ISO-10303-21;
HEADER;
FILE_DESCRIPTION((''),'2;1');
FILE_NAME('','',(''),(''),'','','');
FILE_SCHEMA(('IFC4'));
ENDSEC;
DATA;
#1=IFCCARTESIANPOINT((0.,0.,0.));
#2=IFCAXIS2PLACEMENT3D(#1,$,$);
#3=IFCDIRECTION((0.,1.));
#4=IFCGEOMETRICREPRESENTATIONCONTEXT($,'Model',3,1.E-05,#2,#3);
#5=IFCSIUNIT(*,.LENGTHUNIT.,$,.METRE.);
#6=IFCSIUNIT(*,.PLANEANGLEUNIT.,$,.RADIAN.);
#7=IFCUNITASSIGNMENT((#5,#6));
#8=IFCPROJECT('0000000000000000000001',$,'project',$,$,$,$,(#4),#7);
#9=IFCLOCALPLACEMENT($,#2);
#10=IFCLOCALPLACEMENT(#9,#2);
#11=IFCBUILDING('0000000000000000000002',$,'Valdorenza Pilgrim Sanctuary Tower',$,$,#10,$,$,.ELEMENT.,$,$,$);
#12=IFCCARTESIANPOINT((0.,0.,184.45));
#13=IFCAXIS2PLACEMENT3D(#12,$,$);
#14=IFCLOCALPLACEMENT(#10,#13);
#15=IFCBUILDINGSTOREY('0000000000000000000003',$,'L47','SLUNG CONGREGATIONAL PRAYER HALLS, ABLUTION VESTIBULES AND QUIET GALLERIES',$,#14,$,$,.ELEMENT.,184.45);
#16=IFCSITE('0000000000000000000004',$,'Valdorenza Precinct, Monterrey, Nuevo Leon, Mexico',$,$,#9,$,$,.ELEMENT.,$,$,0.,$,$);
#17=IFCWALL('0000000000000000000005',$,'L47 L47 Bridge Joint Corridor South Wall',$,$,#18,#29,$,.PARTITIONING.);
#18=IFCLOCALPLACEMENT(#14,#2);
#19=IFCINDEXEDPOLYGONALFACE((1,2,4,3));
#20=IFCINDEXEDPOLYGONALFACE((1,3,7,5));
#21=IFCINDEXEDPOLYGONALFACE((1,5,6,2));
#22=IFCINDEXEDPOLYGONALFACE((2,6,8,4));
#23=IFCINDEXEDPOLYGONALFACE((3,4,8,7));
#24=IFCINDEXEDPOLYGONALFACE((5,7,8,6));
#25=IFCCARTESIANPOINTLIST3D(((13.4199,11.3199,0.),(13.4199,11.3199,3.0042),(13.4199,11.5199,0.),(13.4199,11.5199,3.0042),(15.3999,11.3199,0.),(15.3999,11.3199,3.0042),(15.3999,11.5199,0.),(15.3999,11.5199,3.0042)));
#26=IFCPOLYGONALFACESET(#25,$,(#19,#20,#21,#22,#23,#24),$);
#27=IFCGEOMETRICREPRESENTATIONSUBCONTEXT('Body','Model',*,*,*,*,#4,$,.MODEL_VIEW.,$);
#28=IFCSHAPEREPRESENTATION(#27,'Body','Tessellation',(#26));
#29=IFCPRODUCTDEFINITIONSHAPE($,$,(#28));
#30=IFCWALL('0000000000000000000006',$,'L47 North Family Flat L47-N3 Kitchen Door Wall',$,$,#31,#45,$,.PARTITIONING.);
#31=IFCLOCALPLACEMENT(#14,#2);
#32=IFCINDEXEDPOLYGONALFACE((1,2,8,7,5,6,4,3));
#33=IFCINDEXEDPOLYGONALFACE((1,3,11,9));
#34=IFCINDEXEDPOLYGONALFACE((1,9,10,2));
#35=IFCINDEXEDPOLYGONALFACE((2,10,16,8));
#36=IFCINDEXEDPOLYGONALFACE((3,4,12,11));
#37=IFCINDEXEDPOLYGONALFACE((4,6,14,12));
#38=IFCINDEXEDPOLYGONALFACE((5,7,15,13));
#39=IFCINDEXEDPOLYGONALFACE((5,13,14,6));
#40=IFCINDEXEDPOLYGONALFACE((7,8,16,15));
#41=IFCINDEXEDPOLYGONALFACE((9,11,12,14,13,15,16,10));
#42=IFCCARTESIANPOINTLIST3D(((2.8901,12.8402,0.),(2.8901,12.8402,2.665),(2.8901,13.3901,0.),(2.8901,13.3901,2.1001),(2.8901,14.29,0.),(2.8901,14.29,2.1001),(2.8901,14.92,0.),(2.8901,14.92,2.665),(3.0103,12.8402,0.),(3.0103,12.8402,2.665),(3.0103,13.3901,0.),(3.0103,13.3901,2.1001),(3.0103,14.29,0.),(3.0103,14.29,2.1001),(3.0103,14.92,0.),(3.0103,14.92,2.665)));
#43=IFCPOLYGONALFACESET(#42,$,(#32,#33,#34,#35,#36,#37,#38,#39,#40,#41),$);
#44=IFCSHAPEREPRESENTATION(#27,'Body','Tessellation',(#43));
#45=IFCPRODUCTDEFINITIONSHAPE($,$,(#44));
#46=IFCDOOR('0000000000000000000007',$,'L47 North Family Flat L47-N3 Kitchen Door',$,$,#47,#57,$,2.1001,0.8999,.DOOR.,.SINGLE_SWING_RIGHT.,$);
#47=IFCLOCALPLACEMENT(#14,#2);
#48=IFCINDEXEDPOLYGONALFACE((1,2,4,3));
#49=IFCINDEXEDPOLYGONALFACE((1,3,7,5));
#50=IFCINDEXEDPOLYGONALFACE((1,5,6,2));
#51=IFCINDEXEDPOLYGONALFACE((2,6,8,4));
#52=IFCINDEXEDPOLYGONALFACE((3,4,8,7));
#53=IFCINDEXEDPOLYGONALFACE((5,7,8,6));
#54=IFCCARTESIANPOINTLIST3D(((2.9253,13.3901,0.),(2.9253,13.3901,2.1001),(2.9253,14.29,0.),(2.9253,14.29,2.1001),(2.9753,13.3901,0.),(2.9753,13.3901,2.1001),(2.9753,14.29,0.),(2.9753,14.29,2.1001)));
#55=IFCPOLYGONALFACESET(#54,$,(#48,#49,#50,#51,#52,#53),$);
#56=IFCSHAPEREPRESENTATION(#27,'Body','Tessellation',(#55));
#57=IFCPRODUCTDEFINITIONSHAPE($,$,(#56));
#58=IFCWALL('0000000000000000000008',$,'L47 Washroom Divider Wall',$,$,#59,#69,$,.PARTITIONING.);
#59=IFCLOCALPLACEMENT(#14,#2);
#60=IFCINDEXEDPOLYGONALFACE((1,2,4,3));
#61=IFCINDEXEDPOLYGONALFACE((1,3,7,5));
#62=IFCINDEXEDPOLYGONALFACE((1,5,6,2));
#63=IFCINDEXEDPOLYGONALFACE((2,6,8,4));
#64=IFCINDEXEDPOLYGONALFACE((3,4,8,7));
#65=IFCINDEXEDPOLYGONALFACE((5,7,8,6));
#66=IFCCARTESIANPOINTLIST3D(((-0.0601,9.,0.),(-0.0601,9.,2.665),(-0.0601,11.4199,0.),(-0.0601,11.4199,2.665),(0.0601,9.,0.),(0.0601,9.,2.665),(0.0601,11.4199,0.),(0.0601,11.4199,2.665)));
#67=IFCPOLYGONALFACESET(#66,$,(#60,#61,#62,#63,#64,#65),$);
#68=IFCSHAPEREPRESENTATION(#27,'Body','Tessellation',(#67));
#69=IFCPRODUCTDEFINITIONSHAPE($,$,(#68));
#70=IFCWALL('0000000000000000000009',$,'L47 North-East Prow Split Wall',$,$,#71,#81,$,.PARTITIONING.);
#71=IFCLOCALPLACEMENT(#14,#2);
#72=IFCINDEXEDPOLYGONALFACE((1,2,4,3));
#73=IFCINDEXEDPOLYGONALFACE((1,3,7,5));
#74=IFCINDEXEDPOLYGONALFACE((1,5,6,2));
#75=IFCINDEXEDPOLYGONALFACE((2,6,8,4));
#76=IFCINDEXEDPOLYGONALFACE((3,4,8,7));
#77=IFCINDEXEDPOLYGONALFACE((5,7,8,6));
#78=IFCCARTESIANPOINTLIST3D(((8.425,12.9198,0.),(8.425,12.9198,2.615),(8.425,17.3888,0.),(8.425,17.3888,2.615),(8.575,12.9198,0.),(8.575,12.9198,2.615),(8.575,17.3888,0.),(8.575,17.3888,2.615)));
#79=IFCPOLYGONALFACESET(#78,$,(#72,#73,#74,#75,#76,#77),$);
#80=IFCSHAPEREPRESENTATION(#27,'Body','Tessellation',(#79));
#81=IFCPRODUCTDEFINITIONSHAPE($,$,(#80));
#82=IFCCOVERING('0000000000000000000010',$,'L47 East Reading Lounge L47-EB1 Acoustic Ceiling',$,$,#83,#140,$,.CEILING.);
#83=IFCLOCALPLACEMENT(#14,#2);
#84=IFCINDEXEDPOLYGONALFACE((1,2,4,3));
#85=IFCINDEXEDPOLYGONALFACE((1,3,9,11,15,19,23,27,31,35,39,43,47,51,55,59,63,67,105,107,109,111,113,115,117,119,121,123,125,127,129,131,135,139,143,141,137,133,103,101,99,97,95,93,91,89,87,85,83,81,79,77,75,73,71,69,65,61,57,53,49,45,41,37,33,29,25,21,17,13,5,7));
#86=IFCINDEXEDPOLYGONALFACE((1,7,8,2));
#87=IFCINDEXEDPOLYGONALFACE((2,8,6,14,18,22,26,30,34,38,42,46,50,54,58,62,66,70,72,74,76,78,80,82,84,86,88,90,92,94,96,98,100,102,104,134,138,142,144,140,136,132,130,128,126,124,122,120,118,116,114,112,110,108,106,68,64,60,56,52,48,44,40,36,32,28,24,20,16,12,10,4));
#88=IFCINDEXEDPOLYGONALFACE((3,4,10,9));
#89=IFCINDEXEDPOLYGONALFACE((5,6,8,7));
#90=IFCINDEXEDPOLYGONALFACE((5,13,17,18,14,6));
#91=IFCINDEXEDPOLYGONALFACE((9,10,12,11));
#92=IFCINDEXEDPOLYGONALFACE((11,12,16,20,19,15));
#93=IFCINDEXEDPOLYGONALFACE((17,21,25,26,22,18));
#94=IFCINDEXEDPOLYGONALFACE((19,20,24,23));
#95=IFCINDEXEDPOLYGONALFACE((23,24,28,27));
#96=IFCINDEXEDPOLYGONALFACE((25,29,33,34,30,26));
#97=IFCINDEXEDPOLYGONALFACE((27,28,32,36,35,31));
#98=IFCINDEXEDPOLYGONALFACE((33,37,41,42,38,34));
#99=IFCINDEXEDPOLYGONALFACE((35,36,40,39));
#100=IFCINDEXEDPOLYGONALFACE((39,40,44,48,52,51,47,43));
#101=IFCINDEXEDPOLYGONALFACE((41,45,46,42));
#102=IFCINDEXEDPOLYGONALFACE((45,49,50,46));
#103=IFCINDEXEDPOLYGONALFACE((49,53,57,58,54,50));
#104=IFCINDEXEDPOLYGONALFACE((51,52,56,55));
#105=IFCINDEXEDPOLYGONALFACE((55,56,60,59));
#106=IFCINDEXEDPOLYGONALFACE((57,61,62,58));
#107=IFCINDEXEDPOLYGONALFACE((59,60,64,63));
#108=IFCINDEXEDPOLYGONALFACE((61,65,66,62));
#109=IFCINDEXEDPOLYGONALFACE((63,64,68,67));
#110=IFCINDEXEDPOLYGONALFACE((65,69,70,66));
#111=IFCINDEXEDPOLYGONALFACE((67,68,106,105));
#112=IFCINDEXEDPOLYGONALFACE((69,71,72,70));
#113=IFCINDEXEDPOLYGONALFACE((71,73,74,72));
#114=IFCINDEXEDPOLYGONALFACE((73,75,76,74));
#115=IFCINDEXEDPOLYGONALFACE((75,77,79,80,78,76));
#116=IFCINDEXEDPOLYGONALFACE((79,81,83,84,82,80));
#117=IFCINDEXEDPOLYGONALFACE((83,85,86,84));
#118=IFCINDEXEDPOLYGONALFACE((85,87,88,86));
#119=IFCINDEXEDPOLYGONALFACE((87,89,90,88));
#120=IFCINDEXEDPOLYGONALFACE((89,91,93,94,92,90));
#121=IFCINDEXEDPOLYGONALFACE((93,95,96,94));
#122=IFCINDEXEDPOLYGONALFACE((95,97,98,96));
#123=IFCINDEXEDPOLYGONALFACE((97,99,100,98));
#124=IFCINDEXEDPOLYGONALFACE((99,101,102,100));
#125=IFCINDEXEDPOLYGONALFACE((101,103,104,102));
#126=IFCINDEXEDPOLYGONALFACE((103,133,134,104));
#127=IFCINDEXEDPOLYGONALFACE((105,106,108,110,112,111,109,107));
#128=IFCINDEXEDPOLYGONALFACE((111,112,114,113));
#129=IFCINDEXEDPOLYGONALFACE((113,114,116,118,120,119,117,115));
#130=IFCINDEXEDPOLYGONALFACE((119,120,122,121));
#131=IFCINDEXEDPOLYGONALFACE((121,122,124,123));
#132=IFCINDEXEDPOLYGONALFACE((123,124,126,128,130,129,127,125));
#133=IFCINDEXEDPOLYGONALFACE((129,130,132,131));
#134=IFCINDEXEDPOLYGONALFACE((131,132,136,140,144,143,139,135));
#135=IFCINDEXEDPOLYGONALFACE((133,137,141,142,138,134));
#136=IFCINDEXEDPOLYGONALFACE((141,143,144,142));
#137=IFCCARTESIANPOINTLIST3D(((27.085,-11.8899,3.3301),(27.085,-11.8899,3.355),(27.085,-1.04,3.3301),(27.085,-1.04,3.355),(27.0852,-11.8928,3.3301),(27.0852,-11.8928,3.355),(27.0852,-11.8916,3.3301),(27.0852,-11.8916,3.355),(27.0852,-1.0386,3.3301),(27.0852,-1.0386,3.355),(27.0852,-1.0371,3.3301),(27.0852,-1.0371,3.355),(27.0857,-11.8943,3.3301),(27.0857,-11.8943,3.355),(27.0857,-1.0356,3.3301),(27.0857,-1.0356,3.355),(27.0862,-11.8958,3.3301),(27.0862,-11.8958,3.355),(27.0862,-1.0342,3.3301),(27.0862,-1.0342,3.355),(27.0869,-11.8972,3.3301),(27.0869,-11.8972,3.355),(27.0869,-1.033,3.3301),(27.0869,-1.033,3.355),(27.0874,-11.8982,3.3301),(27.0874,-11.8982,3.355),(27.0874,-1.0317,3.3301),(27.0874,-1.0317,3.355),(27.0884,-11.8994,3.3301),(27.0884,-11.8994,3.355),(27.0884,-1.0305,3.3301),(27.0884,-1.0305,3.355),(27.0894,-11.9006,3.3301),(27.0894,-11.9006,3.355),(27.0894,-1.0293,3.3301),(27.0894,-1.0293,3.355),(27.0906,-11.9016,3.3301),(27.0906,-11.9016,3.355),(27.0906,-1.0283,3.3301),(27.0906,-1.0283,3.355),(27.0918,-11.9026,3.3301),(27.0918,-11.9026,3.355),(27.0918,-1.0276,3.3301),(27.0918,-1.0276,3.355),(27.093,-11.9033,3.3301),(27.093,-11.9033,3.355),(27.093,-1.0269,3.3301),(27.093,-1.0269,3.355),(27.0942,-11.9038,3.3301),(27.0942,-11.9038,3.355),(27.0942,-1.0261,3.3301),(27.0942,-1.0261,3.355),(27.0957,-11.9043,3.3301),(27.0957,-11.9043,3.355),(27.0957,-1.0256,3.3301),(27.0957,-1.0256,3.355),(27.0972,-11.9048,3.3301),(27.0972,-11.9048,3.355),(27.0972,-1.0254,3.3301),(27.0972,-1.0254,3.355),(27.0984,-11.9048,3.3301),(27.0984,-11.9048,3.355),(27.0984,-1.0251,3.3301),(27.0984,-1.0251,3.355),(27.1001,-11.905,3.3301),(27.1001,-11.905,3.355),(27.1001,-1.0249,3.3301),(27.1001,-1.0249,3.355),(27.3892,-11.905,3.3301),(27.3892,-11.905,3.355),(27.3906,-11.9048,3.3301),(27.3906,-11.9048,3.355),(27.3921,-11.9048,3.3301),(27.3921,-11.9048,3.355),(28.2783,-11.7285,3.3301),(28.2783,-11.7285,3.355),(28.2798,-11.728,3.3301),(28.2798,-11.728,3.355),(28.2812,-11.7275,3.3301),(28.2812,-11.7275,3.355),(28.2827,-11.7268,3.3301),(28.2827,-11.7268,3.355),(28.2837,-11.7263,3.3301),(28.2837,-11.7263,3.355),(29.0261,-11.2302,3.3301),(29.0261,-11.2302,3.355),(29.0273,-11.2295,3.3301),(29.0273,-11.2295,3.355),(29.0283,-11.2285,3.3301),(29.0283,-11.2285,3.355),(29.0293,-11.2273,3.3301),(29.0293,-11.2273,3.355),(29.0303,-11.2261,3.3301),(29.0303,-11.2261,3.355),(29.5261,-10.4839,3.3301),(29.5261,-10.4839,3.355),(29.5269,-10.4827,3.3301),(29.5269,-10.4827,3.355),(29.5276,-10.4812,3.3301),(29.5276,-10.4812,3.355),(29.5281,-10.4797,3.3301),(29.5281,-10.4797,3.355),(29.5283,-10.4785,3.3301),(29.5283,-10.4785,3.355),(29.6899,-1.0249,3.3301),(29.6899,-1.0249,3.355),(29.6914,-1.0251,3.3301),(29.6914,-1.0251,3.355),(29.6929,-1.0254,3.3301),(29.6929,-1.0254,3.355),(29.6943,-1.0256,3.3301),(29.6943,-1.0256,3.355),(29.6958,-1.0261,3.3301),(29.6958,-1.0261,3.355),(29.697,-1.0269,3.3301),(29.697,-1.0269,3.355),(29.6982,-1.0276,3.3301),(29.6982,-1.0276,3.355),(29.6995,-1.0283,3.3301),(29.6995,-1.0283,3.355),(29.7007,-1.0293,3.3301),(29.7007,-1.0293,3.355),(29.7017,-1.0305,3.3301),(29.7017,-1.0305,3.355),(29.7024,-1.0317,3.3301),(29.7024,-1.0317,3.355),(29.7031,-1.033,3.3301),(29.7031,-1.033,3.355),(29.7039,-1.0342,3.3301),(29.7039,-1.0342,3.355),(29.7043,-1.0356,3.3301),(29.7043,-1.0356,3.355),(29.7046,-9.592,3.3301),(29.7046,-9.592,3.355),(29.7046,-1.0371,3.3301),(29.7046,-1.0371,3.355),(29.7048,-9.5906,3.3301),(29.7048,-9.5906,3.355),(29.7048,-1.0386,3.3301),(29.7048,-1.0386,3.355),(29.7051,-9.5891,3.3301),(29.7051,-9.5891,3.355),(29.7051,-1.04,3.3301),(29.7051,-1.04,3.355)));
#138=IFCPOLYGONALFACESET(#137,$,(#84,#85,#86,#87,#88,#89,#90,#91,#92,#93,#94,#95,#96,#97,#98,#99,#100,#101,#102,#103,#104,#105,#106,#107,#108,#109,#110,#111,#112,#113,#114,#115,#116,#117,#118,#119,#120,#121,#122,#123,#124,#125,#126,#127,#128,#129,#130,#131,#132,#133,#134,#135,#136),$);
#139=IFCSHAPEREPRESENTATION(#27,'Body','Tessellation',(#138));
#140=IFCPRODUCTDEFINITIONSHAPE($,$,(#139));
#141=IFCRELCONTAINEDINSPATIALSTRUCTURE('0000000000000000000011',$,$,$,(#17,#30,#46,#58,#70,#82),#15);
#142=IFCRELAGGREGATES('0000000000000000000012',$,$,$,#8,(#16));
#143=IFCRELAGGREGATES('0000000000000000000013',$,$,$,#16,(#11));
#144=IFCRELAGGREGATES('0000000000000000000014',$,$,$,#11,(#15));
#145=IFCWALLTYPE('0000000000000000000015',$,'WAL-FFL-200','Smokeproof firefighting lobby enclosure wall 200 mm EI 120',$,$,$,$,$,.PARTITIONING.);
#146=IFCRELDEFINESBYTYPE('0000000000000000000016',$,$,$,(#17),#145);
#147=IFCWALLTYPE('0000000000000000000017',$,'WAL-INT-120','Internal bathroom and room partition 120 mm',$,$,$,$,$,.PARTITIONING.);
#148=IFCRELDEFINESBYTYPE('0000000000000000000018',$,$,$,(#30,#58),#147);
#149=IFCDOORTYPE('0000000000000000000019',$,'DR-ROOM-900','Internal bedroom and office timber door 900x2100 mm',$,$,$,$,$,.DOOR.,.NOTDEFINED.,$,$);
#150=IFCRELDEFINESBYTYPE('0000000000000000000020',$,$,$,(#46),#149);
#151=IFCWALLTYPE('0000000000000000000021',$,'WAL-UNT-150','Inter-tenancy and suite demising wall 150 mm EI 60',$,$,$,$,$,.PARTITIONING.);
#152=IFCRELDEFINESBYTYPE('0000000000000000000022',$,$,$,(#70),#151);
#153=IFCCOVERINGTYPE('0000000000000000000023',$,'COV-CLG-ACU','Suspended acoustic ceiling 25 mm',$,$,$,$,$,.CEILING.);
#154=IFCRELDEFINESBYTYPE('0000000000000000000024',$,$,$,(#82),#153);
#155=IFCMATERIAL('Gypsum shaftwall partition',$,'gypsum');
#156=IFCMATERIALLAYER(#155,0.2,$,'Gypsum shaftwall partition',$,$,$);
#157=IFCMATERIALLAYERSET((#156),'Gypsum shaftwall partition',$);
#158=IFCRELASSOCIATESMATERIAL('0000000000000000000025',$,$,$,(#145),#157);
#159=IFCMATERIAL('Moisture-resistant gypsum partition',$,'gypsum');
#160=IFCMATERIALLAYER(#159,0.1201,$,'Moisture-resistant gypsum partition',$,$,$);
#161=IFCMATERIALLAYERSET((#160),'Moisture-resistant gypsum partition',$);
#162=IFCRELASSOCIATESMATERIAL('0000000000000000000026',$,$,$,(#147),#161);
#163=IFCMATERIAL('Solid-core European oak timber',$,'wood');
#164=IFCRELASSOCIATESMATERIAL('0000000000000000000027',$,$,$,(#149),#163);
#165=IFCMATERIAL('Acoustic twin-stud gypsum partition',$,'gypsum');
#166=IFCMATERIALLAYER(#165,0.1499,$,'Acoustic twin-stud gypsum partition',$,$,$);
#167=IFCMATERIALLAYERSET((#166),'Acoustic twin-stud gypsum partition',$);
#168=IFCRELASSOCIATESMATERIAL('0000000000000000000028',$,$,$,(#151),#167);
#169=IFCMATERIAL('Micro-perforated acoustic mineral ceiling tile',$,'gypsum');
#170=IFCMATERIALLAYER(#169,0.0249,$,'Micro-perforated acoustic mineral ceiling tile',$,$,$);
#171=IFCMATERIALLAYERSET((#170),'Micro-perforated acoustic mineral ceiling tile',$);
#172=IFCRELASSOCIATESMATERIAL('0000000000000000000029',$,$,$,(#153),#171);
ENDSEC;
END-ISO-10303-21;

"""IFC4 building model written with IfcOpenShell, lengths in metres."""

from ifc_helpers import new_model, si_unit, direction, frame, frame_2d, origin, place, context, subcontext, project, spatial, polyline, rectangle, outline, extrude, material, layer, layer_set, type_object, element, fill, save


model = new_model("IFC4")

# Units and contexts
model_context = context("Model", 3, precision=1e-05, world=origin(), true_north=direction((0.0, 1.0)))
body_context = subcontext(model_context, "Body", "Model", "MODEL_VIEW")
ifc_project = project(units=[si_unit("LENGTHUNIT", "METRE"), si_unit("PLANEANGLEUNIT", "RADIAN")], contexts=[model_context])

# Site, building, storey
site_placement = place(None, origin())
site = spatial("IfcSite", under=ifc_project, at=site_placement, Name="Valdorenza Precinct, Monterrey, Nuevo Leon, Mexico", CompositionType="ELEMENT", RefElevation=0.0)
building_placement = place(site_placement, origin())
building = spatial("IfcBuilding", under=site, at=building_placement, Name="Valdorenza Pilgrim Sanctuary Tower", CompositionType="ELEMENT")
storey_placement = place(building_placement, frame((0.0, 0.0, 184.45)))
storey = spatial("IfcBuildingStorey", under=building, at=storey_placement, Name="L47", Description="SLUNG CONGREGATIONAL PRAYER HALLS, ABLUTION VESTIBULES AND QUIET GALLERIES", CompositionType="ELEMENT", Elevation=184.45)

# Shared definitions
ifc_material_1 = material(Name="Acoustic twin-stud gypsum partition", Category="gypsum")

# Wall
ifc_material_2 = material(Name="Gypsum shaftwall partition", Category="gypsum")
ifc_layer_1 = layer(ifc_material_2, 0.2, Name="Gypsum shaftwall partition")
ifc_layer_set_1 = layer_set([ifc_layer_1], Name="Gypsum shaftwall partition")
wall_type_1 = type_object("IfcWallType", Name="WAL-FFL-200", Description="Smokeproof firefighting lobby enclosure wall 200 mm EI 120", PredefinedType="PARTITIONING", material=ifc_layer_set_1)
wall_1_placement = place(storey_placement, frame((13.4199, 11.4199, 0.0), z_axis=(0.0, 0.0, 1.0), x_axis=(1.0, 0.0, 0.0)))
element("IfcWall", 1, at=wall_1_placement, inside=storey, type_object=wall_type_1, Name="L47 L47 Bridge Joint Corridor South Wall", PredefinedType="PARTITIONING", context=body_context, shape_type="SweptSolid", body=[
    extrude(rectangle(XDim=1.98, YDim=0.2, at=frame_2d((0.99, 0.0))), origin(), (0.0, 0.0, 1.0), 3.0042),
])

# Wall, opening, door
ifc_material_3 = material(Name="Moisture-resistant gypsum partition", Category="gypsum")
ifc_layer_2 = layer(ifc_material_3, 0.1201, Name="Moisture-resistant gypsum partition")
ifc_layer_set_2 = layer_set([ifc_layer_2], Name="Moisture-resistant gypsum partition")
wall_type_2 = type_object("IfcWallType", Name="WAL-INT-120", Description="Internal bathroom and room partition 120 mm", PredefinedType="PARTITIONING", material=ifc_layer_set_2)
wall_2_placement = place(storey_placement, frame((2.9502, 12.8401, 0.0), z_axis=(0.0, 0.0, 1.0), x_axis=(0.0, 1.0, 0.0)))
wall_2 = element("IfcWall", 2, at=wall_2_placement, inside=storey, type_object=wall_type_2, Name="L47 North Family Flat L47-N3 Kitchen Door Wall", PredefinedType="PARTITIONING", context=body_context, shape_type="SweptSolid", body=[
    extrude(rectangle(XDim=2.0798, YDim=0.1201, at=frame_2d((1.04, 0.0))), origin(), (0.0, 0.0, 1.0), 2.665),
])
opening_1_placement = place(wall_2_placement, frame((0.55, 0.0, 0.0)))
opening_1 = element("IfcOpeningElement", 3, at=opening_1_placement, cuts=wall_2, PredefinedType="OPENING", context=body_context, shape_type="SweptSolid", body=[
    extrude(rectangle(XDim=0.8999, YDim=2.1001, at=frame_2d((0.45, 1.05))), frame((0.0, 0.075, 0.0), z_axis=(0.0, -1.0, 0.0), x_axis=(1.0, 0.0, 0.0)), (0.0, 0.0, 1.0), 0.1499),
])
ifc_material_4 = material(Name="Solid-core European oak timber", Category="wood")
door_type_1 = type_object("IfcDoorType", Name="DR-ROOM-900", Description="Internal bedroom and office timber door 900x2100 mm", OperationType="NOTDEFINED", PredefinedType="DOOR", material=ifc_material_4)
door_1_placement = place(opening_1_placement, origin())
door_1 = element("IfcDoor", 4, at=door_1_placement, inside=storey, type_object=door_type_1, Name="L47 North Family Flat L47-N3 Kitchen Door", OperationType="SINGLE_SWING_RIGHT", OverallHeight=2.1001, OverallWidth=0.8999, PredefinedType="DOOR", context=body_context, shape_type="SweptSolid", body=[
    extrude(rectangle(XDim=0.8999, YDim=2.1001, at=frame_2d((0.45, 1.05))), frame((0.0, 0.0249, 0.0), z_axis=(0.0, -1.0, 0.0), x_axis=(1.0, 0.0, 0.0)), (0.0, 0.0, 1.0), 0.05),
])
fill(opening_1, door_1)

# Walls
wall_3_placement = place(storey_placement, frame((0.0, 9.0, 0.0), z_axis=(0.0, 0.0, 1.0), x_axis=(0.0, 1.0, 0.0)))
element("IfcWall", 5, at=wall_3_placement, inside=storey, type_object=wall_type_2, Name="L47 Washroom Divider Wall", PredefinedType="PARTITIONING", context=body_context, shape_type="SweptSolid", body=[
    extrude(rectangle(XDim=2.4199, YDim=0.1201, at=frame_2d((1.21, 0.0))), origin(), (0.0, 0.0, 1.0), 2.665),
])
ifc_layer_3 = layer(ifc_material_1, 0.1499, Name="Acoustic twin-stud gypsum partition")
ifc_layer_set_3 = layer_set([ifc_layer_3], Name="Acoustic twin-stud gypsum partition")
wall_type_3 = type_object("IfcWallType", Name="WAL-UNT-150", Description="Inter-tenancy and suite demising wall 150 mm EI 60", PredefinedType="PARTITIONING", material=ifc_layer_set_3)
wall_4_placement = place(storey_placement, frame((8.5, 12.9199, 0.0), z_axis=(0.0, 0.0, 1.0), x_axis=(0.0, 1.0, 0.0)))
element("IfcWall", 6, at=wall_4_placement, inside=storey, type_object=wall_type_3, Name="L47 North-East Prow Split Wall", PredefinedType="PARTITIONING", context=body_context, shape_type="SweptSolid", body=[
    extrude(rectangle(XDim=4.469, YDim=0.1499, at=frame_2d((2.2344, 0.0))), origin(), (0.0, 0.0, 1.0), 2.615),
])

# Covering
ifc_material_5 = material(Name="Micro-perforated acoustic mineral ceiling tile", Category="gypsum")
ifc_layer_4 = layer(ifc_material_5, 0.0249, Name="Micro-perforated acoustic mineral ceiling tile")
ifc_layer_set_4 = layer_set([ifc_layer_4], Name="Micro-perforated acoustic mineral ceiling tile")
covering_type_1 = type_object("IfcCoveringType", Name="COV-CLG-ACU", Description="Suspended acoustic ceiling 25 mm", PredefinedType="CEILING", material=ifc_layer_set_4)
covering_1_placement = place(storey_placement, frame((0.0, 0.0, 3.3301)))
element("IfcCovering", 7, at=covering_1_placement, inside=storey, type_object=covering_type_1, Name="L47 East Reading Lounge L47-EB1 Acoustic Ceiling", PredefinedType="CEILING", context=body_context, shape_type="SweptSolid", body=[
    extrude(outline(polyline([(29.6899, -1.0249), (29.6914, -1.0251), (29.6929, -1.0254), (29.6943, -1.0256), (29.6958, -1.0261), (29.697, -1.0269), (29.6982, -1.0276), (29.6995, -1.0283), (29.7007, -1.0293), (29.7017, -1.0305), (29.7024, -1.0317), (29.7031, -1.033), (29.7039, -1.0342), (29.7043, -1.0356), (29.7046, -1.0371), (29.7048, -1.0386), (29.7051, -1.04), (29.7051, -9.5891), (29.7048, -9.5906), (29.7046, -9.592), (29.5283, -10.4785), (29.5281, -10.4797), (29.5276, -10.4812), (29.5269, -10.4827), (29.5261, -10.4839), (29.0303, -11.2261), (29.0293, -11.2273), (29.0283, -11.2285), (29.0273, -11.2295), (29.0261, -11.2302), (28.2837, -11.7263), (28.2827, -11.7268), (28.2812, -11.7275), (28.2798, -11.728), (28.2783, -11.7285), (27.3921, -11.9048), (27.3906, -11.9048), (27.3892, -11.905), (27.1001, -11.905), (27.0984, -11.9048), (27.0972, -11.9048), (27.0957, -11.9043), (27.0942, -11.9038), (27.093, -11.9033), (27.0918, -11.9026), (27.0906, -11.9016), (27.0894, -11.9006), (27.0884, -11.8994), (27.0874, -11.8982), (27.0869, -11.8972), (27.0862, -11.8958), (27.0857, -11.8943), (27.0852, -11.8928), (27.0852, -11.8916), (27.085, -11.8899), (27.085, -1.04), (27.0852, -1.0386), (27.0852, -1.0371), (27.0857, -1.0356), (27.0862, -1.0342), (27.0869, -1.033), (27.0874, -1.0317), (27.0884, -1.0305), (27.0894, -1.0293), (27.0906, -1.0283), (27.0918, -1.0276), (27.093, -1.0269), (27.0942, -1.0261), (27.0957, -1.0256), (27.0972, -1.0254), (27.0984, -1.0251), (27.1001, -1.0249), (29.6899, -1.0249)])), origin(), (0.0, 0.0, 1.0), 0.0249),
])

save(model, "model.ifc")
